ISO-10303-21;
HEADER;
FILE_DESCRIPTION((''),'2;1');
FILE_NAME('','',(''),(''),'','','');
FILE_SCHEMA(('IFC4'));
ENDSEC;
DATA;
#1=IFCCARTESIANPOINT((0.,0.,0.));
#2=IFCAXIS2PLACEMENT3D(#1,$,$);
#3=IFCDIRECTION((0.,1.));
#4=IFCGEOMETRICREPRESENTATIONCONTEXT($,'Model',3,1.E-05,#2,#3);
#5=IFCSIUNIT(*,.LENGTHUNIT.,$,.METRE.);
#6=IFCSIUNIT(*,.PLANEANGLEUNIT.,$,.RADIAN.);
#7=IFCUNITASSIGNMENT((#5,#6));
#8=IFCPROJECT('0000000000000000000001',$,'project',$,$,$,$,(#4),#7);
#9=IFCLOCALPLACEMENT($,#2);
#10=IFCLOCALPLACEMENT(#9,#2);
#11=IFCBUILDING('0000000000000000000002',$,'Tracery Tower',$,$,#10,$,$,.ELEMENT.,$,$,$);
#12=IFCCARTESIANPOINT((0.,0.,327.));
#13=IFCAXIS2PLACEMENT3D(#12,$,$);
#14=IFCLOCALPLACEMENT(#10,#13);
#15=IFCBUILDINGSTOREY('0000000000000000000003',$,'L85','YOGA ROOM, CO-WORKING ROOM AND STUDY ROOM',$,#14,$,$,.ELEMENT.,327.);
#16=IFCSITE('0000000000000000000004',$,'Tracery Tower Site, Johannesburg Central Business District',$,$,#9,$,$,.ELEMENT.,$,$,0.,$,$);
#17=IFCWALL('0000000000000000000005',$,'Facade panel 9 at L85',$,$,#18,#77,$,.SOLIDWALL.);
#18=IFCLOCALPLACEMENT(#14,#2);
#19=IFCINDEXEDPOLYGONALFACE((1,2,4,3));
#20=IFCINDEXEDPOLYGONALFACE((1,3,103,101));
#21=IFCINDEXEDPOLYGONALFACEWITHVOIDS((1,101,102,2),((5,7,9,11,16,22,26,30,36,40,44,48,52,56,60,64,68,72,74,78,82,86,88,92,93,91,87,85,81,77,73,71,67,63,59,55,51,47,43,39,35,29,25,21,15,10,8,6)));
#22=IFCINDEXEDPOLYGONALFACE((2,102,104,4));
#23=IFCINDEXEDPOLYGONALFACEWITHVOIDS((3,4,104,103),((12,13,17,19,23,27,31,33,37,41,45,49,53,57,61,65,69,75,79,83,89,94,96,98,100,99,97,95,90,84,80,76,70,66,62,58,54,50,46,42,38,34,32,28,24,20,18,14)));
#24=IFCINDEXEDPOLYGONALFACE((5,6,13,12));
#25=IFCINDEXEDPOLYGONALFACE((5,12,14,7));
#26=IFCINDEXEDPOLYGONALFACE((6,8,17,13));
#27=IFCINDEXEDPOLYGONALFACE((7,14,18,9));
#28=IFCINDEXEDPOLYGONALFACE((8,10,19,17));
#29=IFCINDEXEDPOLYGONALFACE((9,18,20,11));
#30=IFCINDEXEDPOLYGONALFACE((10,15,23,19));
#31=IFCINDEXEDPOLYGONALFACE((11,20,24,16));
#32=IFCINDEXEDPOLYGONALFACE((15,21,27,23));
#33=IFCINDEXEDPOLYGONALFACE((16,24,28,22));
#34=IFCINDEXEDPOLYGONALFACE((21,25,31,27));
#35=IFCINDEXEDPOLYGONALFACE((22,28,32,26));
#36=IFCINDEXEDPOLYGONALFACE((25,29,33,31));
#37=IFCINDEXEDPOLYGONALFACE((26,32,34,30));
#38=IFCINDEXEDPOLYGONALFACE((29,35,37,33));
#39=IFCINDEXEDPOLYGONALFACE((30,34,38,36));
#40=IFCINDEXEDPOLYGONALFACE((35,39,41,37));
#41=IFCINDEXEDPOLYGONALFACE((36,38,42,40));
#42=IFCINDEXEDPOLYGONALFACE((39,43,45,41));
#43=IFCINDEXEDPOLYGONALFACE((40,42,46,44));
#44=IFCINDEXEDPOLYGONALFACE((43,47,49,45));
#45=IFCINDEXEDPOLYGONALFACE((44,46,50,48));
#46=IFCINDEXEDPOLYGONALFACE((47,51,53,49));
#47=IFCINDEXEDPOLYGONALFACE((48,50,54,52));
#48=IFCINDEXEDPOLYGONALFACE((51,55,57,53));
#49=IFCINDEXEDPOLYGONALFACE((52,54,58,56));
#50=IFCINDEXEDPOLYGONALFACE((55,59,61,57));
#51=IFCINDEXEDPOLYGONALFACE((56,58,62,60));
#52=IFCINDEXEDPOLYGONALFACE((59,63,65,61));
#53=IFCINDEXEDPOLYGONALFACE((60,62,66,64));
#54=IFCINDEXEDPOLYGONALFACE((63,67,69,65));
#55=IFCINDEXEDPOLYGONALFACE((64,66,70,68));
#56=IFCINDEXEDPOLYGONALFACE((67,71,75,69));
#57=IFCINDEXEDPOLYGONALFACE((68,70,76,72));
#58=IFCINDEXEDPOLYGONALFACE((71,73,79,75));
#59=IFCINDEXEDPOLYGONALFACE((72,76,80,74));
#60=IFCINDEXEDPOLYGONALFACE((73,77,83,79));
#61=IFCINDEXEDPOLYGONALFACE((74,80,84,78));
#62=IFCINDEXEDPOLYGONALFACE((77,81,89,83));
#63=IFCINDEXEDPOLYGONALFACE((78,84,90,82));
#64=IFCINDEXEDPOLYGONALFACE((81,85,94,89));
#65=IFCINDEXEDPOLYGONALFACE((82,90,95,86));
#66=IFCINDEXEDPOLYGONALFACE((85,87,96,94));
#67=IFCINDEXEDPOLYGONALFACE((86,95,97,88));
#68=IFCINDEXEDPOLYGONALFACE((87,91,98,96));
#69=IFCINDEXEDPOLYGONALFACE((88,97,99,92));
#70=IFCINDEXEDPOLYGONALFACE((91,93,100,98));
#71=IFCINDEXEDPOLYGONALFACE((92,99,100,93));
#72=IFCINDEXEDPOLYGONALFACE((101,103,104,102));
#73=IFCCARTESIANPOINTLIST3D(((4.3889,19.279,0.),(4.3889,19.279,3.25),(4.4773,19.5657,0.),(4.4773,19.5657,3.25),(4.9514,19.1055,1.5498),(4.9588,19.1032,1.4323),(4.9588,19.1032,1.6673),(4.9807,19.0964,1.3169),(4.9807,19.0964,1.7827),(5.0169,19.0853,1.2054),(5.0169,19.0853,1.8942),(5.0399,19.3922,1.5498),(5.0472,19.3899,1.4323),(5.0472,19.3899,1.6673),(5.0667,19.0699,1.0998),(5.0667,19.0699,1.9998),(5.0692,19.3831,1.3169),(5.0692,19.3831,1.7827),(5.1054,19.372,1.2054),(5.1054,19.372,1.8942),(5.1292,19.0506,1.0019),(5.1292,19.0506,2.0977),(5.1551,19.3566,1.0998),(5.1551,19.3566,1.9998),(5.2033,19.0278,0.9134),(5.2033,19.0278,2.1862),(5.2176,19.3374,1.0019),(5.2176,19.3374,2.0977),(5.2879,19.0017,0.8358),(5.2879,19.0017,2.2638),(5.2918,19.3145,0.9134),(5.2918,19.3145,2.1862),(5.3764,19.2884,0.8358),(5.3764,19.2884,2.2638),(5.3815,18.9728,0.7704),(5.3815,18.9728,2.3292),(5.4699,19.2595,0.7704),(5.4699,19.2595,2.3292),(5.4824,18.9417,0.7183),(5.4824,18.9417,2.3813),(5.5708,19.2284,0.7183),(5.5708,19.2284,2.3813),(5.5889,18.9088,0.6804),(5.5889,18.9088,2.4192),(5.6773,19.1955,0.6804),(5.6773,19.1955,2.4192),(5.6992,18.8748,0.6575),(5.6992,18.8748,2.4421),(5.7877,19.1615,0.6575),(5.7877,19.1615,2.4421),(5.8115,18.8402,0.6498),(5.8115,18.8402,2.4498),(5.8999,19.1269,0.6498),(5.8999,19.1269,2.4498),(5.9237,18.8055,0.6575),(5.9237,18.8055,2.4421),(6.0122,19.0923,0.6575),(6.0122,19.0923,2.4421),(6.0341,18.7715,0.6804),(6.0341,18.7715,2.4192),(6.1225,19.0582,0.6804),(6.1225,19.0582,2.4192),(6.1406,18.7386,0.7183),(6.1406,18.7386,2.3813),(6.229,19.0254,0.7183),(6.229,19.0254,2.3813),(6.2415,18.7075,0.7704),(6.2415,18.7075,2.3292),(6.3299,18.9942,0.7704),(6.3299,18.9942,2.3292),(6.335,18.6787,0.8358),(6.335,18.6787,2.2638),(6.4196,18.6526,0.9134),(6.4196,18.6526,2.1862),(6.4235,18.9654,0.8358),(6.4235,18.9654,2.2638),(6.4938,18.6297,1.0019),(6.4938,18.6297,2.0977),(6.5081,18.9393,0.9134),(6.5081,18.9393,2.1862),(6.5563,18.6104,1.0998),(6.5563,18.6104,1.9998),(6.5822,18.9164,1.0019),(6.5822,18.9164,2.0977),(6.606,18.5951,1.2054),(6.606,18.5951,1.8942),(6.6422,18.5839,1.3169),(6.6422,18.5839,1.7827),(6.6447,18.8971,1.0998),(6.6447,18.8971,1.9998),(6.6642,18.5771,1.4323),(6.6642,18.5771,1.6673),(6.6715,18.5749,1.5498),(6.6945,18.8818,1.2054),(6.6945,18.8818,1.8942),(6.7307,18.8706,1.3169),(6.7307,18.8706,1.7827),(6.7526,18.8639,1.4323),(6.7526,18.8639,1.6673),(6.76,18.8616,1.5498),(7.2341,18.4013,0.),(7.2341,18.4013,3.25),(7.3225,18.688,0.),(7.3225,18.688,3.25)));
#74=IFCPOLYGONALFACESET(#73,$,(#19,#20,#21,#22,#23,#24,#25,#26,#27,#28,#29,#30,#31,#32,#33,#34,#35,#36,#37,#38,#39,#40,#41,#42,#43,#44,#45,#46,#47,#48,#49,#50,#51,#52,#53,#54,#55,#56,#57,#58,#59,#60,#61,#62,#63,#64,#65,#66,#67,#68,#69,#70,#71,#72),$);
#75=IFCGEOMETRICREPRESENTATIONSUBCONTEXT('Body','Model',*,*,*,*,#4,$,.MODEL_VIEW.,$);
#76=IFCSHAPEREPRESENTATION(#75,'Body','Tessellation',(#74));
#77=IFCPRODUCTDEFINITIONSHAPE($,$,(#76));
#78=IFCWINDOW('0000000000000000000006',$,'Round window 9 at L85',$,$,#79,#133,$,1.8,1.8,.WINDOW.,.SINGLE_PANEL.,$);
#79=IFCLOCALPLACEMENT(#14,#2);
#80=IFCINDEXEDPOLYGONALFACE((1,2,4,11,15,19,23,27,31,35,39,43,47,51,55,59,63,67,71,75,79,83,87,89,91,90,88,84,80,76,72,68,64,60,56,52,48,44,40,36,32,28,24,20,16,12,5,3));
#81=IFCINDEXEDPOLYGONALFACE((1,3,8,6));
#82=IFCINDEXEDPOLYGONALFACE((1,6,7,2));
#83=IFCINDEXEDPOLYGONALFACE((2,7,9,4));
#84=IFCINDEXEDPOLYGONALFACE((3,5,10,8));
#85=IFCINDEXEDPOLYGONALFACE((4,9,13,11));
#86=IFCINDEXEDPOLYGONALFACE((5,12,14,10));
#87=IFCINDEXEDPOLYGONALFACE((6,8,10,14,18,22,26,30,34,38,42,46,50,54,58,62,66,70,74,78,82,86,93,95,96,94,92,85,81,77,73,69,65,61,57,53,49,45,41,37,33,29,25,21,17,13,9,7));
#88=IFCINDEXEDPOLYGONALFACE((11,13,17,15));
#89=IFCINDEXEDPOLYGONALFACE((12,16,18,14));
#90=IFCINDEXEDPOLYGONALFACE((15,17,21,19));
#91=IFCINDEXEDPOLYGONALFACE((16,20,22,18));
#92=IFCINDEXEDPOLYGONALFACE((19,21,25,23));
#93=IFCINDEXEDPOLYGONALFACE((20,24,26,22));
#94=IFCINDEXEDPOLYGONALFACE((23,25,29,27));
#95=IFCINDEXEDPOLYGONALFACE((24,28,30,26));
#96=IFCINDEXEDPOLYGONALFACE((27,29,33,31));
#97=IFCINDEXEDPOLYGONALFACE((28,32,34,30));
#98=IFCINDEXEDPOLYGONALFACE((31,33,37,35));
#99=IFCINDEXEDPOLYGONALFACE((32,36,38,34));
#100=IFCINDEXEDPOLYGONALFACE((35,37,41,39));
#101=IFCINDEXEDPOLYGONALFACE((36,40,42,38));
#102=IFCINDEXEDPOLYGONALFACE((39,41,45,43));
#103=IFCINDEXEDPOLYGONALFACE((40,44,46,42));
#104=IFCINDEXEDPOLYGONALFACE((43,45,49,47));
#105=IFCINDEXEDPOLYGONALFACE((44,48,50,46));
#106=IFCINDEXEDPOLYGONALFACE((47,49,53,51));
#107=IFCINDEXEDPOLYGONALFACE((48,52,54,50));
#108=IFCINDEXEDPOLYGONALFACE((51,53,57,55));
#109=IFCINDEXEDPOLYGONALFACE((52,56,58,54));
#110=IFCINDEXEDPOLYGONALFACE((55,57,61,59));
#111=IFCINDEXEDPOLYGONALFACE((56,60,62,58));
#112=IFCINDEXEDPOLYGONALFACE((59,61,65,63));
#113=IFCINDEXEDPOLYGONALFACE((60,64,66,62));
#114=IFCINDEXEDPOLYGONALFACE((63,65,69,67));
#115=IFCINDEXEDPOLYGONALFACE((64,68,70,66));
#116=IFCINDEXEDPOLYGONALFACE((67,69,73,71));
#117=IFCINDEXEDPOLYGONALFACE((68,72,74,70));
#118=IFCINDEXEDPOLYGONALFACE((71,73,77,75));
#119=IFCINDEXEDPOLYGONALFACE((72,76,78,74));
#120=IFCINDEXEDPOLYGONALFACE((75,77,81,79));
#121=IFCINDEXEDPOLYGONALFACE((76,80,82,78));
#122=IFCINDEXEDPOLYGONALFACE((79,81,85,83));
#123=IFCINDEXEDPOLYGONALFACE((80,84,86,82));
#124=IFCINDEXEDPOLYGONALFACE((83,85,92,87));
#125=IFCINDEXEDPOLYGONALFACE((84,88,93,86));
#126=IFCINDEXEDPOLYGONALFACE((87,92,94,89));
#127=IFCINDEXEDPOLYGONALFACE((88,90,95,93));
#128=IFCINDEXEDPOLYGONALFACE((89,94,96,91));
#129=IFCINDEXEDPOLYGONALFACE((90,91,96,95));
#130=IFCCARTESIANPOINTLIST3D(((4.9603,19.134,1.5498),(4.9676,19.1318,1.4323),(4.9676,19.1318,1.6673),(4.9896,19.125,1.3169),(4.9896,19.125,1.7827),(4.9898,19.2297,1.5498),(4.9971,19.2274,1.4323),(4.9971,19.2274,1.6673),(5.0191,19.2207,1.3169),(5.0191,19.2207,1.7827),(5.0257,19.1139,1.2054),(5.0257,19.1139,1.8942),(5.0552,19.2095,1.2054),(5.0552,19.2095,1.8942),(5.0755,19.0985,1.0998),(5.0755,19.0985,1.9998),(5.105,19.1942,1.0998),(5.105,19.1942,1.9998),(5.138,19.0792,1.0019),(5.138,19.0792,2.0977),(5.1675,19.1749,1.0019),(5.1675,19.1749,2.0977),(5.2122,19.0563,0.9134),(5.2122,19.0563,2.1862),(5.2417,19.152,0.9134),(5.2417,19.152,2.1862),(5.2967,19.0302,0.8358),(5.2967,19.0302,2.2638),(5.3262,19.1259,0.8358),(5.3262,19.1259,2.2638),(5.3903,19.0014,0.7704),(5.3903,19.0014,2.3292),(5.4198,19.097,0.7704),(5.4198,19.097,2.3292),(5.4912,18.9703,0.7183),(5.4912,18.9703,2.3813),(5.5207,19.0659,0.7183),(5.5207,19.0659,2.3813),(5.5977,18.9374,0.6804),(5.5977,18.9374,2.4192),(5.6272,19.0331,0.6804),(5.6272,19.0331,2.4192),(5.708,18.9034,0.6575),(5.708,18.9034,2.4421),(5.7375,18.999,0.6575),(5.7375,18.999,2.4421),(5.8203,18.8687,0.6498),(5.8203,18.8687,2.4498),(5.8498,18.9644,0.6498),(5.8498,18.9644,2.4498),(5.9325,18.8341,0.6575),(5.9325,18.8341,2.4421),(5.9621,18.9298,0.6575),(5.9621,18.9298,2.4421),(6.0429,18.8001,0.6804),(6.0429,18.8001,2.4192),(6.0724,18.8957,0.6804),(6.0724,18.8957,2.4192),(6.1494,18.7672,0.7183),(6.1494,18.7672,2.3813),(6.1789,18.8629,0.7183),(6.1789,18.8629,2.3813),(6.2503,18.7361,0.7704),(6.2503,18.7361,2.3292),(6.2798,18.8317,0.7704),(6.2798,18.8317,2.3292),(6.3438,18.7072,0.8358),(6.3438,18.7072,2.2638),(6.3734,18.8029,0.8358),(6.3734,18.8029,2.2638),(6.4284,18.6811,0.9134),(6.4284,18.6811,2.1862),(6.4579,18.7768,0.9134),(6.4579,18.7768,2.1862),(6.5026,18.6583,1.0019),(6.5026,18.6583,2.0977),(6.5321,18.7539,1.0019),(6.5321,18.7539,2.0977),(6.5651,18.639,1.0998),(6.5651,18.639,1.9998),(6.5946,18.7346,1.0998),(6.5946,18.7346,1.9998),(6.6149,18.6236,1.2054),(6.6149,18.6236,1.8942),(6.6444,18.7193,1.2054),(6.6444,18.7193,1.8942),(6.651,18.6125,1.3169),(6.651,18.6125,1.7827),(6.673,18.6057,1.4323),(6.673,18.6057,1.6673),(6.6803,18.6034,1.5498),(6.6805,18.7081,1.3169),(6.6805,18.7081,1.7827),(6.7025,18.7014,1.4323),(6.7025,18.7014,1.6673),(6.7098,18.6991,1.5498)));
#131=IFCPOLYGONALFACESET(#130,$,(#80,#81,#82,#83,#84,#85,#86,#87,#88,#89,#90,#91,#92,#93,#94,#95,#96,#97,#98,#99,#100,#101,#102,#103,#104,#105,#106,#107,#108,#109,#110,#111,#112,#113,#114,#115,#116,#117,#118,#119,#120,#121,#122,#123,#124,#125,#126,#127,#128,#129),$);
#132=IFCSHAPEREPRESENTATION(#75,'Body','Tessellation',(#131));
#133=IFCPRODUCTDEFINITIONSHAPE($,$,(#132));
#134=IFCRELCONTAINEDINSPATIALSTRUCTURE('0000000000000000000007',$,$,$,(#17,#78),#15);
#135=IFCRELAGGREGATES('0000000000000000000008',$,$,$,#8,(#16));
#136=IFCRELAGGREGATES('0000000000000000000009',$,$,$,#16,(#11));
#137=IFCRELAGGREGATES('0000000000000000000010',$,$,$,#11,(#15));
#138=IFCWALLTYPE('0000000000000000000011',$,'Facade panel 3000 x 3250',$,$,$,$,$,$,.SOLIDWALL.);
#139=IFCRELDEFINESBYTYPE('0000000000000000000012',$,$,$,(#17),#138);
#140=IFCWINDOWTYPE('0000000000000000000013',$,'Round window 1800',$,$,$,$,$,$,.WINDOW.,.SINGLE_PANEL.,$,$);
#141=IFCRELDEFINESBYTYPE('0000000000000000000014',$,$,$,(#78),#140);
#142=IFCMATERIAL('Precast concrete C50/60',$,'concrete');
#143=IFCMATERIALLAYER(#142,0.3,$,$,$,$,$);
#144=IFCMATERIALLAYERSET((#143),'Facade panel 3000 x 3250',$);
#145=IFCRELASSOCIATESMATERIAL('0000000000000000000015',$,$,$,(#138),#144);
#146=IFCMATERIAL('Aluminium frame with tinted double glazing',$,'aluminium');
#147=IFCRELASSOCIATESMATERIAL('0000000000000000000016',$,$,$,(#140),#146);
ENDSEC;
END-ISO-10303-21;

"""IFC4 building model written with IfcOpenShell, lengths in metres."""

from ifc_helpers import new_model, si_unit, direction, frame, frame_2d, origin, origin_2d, place, context, subcontext, project, spatial, rectangle, circle, extrude, material, layer, layer_set, type_object, element, fill, save


model = new_model("IFC4")

# Units and contexts
model_context = context("Model", 3, precision=1e-05, world=origin(), true_north=direction((0.0, 1.0)))
body_context = subcontext(model_context, "Body", "Model", "MODEL_VIEW")
ifc_project = project(units=[si_unit("LENGTHUNIT", "METRE"), si_unit("PLANEANGLEUNIT", "RADIAN")], contexts=[model_context])

# Site, building, storey
site_placement = place(None, origin())
site = spatial("IfcSite", under=ifc_project, at=site_placement, Name="Tracery Tower Site, Johannesburg Central Business District", CompositionType="ELEMENT", RefElevation=0.0)
building_placement = place(site_placement, origin())
building = spatial("IfcBuilding", under=site, at=building_placement, Name="Tracery Tower", CompositionType="ELEMENT")
storey_placement = place(building_placement, frame((0.0, 0.0, 327.0)))
storey = spatial("IfcBuildingStorey", under=building, at=storey_placement, Name="L85", Description="YOGA ROOM, CO-WORKING ROOM AND STUDY ROOM", CompositionType="ELEMENT", Elevation=327.0)

# Wall, opening, window
ifc_material_1 = material(Name="Precast concrete C50/60", Category="concrete")
ifc_layer_1 = layer(ifc_material_1, 0.3)
ifc_layer_set_1 = layer_set([ifc_layer_1], Name="Facade panel 3000 x 3250")
wall_type_1 = type_object("IfcWallType", Name="Facade panel 3000 x 3250", PredefinedType="SOLIDWALL", material=ifc_layer_set_1)
wall_1_placement = place(storey_placement, frame((7.2783, 18.5447, 0.0), z_axis=(0.0, 0.0, 1.0), x_axis=(-0.955568, 0.294771, 0.0)))
wall_1 = element("IfcWall", 1, at=wall_1_placement, inside=storey, type_object=wall_type_1, Name="Facade panel 9 at L85", PredefinedType="SOLIDWALL", context=body_context, shape_type="SweptSolid", body=[
    extrude(rectangle(XDim=2.9775, YDim=0.3, at=frame_2d((1.4888, 0.0))), origin(), (0.0, 0.0, 1.0), 3.25),
])
opening_1_placement = place(wall_1_placement, frame((1.4888, 0.0, 1.5498)))
opening_1 = element("IfcOpeningElement", 2, at=opening_1_placement, cuts=wall_1, PredefinedType="OPENING", context=body_context, shape_type="SweptSolid", body=[
    extrude(circle(Radius=0.9, at=origin_2d()), frame((0.0, 0.1599, 0.0), z_axis=(0.0, -1.0, 0.0), x_axis=(1.0, 0.0, 0.0)), (0.0, 0.0, 1.0), 0.3201),
])
ifc_material_2 = material(Name="Aluminium frame with tinted double glazing", Category="aluminium")
window_type = type_object("IfcWindowType", Name="Round window 1800", PartitioningType="SINGLE_PANEL", PredefinedType="WINDOW", material=ifc_material_2)
window_1_placement = place(opening_1_placement, origin())
window_1 = element("IfcWindow", 3, at=window_1_placement, inside=storey, type_object=window_type, Name="Round window 9 at L85", OverallHeight=1.8, OverallWidth=1.8, PartitioningType="SINGLE_PANEL", PredefinedType="WINDOW", context=body_context, shape_type="SweptSolid", body=[
    extrude(circle(Radius=0.9, at=origin_2d()), frame((0.0, 0.1201, 0.0), z_axis=(0.0, -1.0, 0.0), x_axis=(1.0, 0.0, 0.0)), (0.0, 0.0, 1.0), 0.1001),
])
fill(opening_1, window_1)

save(model, "model.ifc")
